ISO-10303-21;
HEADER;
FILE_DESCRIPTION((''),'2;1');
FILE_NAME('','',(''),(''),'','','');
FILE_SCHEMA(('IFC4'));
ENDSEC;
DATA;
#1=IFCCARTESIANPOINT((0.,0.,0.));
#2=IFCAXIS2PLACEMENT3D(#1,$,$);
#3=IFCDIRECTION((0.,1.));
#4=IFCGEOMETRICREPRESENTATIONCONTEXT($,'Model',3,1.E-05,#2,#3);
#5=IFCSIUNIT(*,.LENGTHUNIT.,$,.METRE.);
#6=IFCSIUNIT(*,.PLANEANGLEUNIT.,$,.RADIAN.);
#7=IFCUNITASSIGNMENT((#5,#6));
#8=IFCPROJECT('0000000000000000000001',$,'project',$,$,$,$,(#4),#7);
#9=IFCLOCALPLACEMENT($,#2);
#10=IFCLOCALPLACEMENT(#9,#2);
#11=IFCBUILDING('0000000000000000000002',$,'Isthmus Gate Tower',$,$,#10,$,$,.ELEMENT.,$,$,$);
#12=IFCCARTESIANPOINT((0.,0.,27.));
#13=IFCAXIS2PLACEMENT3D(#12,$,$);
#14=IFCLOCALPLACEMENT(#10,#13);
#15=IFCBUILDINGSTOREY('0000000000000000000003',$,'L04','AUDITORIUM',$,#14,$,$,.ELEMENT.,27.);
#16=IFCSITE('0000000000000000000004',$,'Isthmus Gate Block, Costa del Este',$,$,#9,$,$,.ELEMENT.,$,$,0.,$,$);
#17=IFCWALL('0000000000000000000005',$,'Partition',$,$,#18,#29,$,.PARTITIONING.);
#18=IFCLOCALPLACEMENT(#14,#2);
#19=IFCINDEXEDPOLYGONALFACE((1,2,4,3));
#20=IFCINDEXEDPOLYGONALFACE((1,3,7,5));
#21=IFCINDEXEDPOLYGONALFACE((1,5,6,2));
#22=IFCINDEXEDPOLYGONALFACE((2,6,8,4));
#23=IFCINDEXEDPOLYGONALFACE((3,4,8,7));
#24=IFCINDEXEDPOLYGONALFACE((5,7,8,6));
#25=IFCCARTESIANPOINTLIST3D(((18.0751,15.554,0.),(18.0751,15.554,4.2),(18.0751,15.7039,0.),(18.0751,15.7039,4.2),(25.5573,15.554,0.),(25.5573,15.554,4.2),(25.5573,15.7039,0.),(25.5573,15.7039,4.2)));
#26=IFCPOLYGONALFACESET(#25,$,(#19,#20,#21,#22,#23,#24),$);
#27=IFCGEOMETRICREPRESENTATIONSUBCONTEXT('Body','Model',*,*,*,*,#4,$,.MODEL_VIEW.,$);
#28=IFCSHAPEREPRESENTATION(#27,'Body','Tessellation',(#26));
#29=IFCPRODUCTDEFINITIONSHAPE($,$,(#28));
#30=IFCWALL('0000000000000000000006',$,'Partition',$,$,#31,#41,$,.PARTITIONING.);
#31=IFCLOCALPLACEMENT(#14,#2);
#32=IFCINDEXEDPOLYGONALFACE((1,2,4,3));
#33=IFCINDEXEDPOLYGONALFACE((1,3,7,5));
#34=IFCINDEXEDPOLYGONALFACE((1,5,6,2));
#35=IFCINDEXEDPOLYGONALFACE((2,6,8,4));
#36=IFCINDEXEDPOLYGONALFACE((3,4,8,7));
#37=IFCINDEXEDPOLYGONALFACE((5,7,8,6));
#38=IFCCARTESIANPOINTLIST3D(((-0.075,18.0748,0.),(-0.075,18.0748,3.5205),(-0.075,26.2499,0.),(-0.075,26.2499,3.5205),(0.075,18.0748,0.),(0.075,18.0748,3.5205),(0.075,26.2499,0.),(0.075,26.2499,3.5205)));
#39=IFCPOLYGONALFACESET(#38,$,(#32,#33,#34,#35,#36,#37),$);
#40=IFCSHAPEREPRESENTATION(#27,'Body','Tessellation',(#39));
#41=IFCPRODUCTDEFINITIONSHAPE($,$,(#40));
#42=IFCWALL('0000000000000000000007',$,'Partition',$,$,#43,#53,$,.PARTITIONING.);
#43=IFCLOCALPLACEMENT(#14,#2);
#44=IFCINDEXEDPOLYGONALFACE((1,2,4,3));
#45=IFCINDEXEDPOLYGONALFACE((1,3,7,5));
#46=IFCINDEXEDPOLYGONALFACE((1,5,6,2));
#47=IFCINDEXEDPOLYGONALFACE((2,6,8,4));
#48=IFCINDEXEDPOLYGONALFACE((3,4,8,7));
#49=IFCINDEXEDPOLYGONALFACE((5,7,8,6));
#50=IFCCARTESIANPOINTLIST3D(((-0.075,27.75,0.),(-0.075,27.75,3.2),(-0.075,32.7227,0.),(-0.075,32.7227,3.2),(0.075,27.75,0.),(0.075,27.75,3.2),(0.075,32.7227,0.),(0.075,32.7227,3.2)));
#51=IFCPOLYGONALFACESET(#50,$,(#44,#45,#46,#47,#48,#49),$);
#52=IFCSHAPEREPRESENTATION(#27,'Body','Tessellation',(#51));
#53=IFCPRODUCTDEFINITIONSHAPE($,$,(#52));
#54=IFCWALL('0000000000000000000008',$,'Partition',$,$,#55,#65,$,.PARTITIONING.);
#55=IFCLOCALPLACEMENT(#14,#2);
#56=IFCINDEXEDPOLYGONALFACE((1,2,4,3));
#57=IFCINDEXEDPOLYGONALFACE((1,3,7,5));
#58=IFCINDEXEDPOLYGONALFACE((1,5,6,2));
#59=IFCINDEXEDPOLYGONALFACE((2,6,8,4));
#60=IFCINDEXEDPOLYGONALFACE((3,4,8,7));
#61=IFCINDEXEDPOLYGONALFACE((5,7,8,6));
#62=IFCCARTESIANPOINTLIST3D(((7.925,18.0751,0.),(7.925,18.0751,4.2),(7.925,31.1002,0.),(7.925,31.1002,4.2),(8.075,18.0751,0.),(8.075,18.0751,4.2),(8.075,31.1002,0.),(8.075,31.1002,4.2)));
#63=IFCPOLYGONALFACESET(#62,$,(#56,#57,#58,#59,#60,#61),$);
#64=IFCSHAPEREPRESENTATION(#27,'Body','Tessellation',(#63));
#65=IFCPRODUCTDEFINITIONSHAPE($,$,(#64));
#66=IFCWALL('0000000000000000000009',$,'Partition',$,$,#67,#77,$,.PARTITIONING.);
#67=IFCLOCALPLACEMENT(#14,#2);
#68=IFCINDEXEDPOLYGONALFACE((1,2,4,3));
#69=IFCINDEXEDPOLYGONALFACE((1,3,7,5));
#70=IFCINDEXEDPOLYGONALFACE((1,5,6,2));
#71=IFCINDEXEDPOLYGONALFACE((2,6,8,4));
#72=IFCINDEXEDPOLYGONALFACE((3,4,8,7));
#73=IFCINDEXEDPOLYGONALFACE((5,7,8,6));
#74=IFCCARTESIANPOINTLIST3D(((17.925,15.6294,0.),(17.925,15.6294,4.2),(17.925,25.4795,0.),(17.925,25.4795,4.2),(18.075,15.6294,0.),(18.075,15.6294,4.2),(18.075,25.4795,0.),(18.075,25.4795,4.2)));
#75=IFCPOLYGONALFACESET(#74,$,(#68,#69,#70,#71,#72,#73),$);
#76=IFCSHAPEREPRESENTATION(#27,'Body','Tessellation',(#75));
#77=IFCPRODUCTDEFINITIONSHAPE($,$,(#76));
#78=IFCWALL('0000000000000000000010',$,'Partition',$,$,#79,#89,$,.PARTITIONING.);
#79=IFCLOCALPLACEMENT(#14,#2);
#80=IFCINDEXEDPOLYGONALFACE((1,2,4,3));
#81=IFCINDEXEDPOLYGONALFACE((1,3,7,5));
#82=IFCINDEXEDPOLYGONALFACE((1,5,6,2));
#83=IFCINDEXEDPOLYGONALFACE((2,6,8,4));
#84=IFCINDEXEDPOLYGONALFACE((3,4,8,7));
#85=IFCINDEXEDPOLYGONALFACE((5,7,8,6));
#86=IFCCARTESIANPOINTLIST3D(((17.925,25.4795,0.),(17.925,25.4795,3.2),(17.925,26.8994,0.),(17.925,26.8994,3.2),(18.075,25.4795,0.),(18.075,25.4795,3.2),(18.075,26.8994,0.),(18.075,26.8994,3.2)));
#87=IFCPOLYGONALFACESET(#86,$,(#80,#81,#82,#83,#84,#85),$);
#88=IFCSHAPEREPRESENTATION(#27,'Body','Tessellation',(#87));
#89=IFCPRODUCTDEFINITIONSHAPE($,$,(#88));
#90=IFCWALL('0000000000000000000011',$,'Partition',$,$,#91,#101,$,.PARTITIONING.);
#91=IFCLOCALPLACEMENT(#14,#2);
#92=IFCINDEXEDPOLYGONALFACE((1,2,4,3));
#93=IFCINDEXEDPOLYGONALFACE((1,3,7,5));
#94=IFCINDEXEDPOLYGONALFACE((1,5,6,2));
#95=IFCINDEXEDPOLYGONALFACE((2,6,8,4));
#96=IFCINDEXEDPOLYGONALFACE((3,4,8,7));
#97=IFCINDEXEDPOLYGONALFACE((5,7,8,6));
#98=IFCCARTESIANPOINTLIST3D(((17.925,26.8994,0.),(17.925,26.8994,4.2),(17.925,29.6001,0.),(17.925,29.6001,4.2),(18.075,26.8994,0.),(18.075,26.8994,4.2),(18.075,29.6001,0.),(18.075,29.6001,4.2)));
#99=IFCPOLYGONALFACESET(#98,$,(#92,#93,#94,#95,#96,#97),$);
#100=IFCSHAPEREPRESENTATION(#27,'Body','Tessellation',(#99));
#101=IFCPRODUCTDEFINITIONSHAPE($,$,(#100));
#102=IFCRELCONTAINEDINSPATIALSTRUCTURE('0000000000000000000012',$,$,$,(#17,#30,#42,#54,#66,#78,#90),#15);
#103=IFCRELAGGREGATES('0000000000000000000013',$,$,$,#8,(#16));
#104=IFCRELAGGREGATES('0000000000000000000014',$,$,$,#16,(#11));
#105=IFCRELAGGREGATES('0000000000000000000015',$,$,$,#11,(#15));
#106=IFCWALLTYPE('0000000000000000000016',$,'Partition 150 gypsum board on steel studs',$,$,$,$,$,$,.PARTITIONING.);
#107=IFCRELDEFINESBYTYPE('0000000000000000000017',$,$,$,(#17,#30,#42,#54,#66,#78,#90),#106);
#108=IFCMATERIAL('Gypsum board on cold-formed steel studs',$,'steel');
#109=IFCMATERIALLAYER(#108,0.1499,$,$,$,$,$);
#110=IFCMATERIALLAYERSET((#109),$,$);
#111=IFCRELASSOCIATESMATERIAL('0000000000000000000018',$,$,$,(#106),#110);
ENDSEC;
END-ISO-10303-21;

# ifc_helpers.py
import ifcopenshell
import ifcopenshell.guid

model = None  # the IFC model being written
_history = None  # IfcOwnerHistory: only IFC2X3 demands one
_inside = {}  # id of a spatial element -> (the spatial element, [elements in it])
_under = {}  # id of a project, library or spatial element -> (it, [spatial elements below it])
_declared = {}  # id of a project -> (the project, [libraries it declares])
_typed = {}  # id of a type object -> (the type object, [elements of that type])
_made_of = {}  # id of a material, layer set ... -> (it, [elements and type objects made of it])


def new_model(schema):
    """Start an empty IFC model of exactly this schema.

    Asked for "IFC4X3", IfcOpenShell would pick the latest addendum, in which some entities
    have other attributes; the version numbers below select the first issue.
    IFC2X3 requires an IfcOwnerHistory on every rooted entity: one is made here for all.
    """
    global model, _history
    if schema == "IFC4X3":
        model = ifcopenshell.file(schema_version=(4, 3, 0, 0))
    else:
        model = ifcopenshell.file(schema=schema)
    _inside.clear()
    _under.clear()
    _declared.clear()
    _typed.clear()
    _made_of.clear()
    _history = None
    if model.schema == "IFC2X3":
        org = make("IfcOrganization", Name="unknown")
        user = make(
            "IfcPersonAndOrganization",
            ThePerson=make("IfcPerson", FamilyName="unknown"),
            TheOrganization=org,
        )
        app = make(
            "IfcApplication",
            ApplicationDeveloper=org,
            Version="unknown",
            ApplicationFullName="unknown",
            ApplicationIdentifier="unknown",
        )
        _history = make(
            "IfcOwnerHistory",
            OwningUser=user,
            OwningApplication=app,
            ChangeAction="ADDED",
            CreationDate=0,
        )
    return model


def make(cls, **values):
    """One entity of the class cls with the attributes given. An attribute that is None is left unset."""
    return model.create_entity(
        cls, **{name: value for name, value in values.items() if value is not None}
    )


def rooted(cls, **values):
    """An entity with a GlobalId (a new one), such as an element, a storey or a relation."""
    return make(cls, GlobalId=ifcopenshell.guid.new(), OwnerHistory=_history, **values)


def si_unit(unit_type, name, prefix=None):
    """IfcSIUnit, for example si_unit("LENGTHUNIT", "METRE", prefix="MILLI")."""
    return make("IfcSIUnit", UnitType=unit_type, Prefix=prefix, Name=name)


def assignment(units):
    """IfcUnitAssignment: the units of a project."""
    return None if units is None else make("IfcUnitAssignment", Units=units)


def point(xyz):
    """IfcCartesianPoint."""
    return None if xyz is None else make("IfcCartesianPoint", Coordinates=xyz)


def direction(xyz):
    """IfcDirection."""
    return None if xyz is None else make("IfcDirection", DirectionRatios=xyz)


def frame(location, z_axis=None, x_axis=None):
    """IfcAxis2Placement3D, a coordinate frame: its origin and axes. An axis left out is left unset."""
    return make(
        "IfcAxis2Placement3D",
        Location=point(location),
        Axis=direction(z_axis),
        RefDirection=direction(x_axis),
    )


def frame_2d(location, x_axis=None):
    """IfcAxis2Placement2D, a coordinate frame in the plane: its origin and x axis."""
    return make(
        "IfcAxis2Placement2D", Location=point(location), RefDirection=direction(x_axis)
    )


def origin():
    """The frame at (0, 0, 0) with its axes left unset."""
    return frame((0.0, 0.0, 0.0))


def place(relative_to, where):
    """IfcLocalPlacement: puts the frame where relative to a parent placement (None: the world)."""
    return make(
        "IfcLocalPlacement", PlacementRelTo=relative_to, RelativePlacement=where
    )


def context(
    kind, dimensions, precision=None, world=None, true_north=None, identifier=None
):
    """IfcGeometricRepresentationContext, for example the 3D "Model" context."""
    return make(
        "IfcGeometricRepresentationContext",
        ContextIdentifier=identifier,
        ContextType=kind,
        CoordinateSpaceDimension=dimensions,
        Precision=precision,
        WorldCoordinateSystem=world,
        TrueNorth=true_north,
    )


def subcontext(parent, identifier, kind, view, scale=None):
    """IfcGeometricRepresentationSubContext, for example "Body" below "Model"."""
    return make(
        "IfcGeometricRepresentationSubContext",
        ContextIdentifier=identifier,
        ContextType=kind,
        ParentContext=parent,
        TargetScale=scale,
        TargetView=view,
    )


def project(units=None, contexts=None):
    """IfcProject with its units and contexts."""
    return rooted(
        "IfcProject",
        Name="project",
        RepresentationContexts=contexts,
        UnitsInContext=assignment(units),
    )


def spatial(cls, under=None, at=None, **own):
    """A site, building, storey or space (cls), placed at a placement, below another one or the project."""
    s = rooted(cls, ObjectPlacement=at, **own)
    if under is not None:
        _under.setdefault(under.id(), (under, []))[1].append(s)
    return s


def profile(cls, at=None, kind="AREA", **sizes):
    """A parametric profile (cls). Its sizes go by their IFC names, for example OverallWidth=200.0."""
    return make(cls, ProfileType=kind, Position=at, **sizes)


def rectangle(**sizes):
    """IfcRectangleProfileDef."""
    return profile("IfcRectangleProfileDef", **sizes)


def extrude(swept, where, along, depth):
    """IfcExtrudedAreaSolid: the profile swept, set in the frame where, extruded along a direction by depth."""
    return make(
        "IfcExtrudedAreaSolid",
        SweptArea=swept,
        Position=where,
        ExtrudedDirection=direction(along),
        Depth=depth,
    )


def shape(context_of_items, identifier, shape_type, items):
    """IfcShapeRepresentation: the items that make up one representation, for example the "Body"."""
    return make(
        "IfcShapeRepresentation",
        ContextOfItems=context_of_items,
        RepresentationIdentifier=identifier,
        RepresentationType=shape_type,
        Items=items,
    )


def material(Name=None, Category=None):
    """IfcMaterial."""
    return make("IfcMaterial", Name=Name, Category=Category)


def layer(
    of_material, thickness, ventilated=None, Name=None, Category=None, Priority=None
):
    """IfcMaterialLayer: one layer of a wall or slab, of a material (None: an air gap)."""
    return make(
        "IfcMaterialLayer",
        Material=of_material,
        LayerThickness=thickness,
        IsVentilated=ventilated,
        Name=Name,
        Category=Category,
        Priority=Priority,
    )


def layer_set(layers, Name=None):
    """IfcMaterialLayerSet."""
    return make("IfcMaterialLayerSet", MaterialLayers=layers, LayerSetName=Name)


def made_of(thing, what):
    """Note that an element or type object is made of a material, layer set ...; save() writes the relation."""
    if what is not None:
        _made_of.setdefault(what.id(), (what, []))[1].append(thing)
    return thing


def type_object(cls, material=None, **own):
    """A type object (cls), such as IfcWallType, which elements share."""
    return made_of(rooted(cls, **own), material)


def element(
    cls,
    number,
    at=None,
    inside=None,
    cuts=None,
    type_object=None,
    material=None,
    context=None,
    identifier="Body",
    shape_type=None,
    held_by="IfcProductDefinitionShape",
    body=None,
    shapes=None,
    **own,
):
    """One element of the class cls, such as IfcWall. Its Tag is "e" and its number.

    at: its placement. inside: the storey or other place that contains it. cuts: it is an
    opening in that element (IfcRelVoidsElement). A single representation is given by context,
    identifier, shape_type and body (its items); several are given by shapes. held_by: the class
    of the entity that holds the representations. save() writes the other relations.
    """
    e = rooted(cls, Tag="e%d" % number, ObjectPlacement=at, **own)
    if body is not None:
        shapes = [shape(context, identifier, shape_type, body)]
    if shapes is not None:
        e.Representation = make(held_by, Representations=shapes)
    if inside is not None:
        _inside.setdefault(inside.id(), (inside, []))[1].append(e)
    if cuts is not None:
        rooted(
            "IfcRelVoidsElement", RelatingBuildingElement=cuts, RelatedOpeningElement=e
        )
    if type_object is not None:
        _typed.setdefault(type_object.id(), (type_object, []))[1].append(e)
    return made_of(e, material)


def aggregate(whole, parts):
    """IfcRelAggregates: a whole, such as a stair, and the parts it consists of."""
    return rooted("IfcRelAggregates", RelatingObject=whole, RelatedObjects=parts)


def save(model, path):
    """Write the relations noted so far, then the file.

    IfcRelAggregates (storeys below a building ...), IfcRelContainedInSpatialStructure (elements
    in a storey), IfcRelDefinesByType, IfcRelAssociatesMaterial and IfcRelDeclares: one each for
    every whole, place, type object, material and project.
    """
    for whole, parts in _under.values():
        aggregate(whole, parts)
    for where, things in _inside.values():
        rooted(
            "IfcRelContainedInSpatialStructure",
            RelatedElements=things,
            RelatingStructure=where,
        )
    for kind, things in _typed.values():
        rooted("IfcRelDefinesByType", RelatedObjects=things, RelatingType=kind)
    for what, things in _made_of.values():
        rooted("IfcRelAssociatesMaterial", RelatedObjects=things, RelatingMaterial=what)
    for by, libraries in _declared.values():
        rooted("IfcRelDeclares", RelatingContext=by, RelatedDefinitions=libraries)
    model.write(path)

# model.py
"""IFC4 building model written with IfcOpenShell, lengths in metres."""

from ifc_helpers import new_model, si_unit, direction, frame, frame_2d, origin, place, context, subcontext, project, spatial, rectangle, extrude, material, layer, layer_set, type_object, element, save


model = new_model("IFC4")

# Units and contexts
model_context = context("Model", 3, precision=1e-05, world=origin(), true_north=direction((0.0, 1.0)))
body_context = subcontext(model_context, "Body", "Model", "MODEL_VIEW")
ifc_project = project(units=[si_unit("LENGTHUNIT", "METRE"), si_unit("PLANEANGLEUNIT", "RADIAN")], contexts=[model_context])

# Site, building, storey
site_placement = place(None, origin())
site = spatial("IfcSite", under=ifc_project, at=site_placement, Name="Isthmus Gate Block, Costa del Este", CompositionType="ELEMENT", RefElevation=0.0)
building_placement = place(site_placement, origin())
building = spatial("IfcBuilding", under=site, at=building_placement, Name="Isthmus Gate Tower", CompositionType="ELEMENT")
storey_placement = place(building_placement, frame((0.0, 0.0, 27.0)))
storey = spatial("IfcBuildingStorey", under=building, at=storey_placement, Name="L04", Description="AUDITORIUM", CompositionType="ELEMENT", Elevation=27.0)

# Walls
ifc_material_1 = material(Name="Gypsum board on cold-formed steel studs", Category="steel")
ifc_layer = layer(ifc_material_1, 0.1499)
ifc_layer_set = layer_set([ifc_layer])
wall_type = type_object("IfcWallType", Name="Partition 150 gypsum board on steel studs", PredefinedType="PARTITIONING", material=ifc_layer_set)
wall_1_placement = place(storey_placement, frame((18.075, 15.6289, 0.0), z_axis=(0.0, 0.0, 1.0), x_axis=(1.0, 0.0, 0.0)))
element("IfcWall", 1, at=wall_1_placement, inside=storey, type_object=wall_type, Name="Partition", PredefinedType="PARTITIONING", context=body_context, shape_type="SweptSolid", body=[
    extrude(rectangle(XDim=7.4822, YDim=0.1499, at=frame_2d((3.7412, 0.0))), origin(), (0.0, 0.0, 1.0), 4.2),
])
wall_2_placement = place(storey_placement, frame((0.0, 18.075, 0.0), z_axis=(0.0, 0.0, 1.0), x_axis=(0.0, 1.0, 0.0)))
element("IfcWall", 2, at=wall_2_placement, inside=storey, type_object=wall_type, Name="Partition", PredefinedType="PARTITIONING", context=body_context, shape_type="SweptSolid", body=[
    extrude(rectangle(XDim=8.175, YDim=0.1499, at=frame_2d((4.0874, 0.0))), origin(), (0.0, 0.0, 1.0), 3.5205),
])
wall_3_placement = place(storey_placement, frame((0.0, 27.75, 0.0), z_axis=(0.0, 0.0, 1.0), x_axis=(0.0, 1.0, 0.0)))
element("IfcWall", 3, at=wall_3_placement, inside=storey, type_object=wall_type, Name="Partition", PredefinedType="PARTITIONING", context=body_context, shape_type="SweptSolid", body=[
    extrude(rectangle(XDim=4.9727, YDim=0.1499, at=frame_2d((2.4863, 0.0))), origin(), (0.0, 0.0, 1.0), 3.2),
])
wall_4_placement = place(storey_placement, frame((8.0, 18.075, 0.0), z_axis=(0.0, 0.0, 1.0), x_axis=(0.0, 1.0, 0.0)))
element("IfcWall", 4, at=wall_4_placement, inside=storey, type_object=wall_type, Name="Partition", PredefinedType="PARTITIONING", context=body_context, shape_type="SweptSolid", body=[
    extrude(rectangle(XDim=13.0251, YDim=0.1499, at=frame_2d((6.5127, 0.0))), origin(), (0.0, 0.0, 1.0), 4.2),
])
wall_5_placement = place(storey_placement, frame((18.0, 15.6294, 0.0), z_axis=(0.0, 0.0, 1.0), x_axis=(0.0, 1.0, 0.0)))
element("IfcWall", 5, at=wall_5_placement, inside=storey, type_object=wall_type, Name="Partition", PredefinedType="PARTITIONING", context=body_context, shape_type="SweptSolid", body=[
    extrude(rectangle(XDim=9.8501, YDim=0.1499, at=frame_2d((4.925, 0.0))), origin(), (0.0, 0.0, 1.0), 4.2),
])
wall_6_placement = place(storey_placement, frame((18.0, 25.4795, 0.0), z_axis=(0.0, 0.0, 1.0), x_axis=(0.0, 1.0, 0.0)))
element("IfcWall", 6, at=wall_6_placement, inside=storey, type_object=wall_type, Name="Partition", PredefinedType="PARTITIONING", context=body_context, shape_type="SweptSolid", body=[
    extrude(rectangle(XDim=1.4199, YDim=0.1499, at=frame_2d((0.71, 0.0))), origin(), (0.0, 0.0, 1.0), 3.2),
])
wall_7_placement = place(storey_placement, frame((18.0, 26.8994, 0.0), z_axis=(0.0, 0.0, 1.0), x_axis=(0.0, 1.0, 0.0)))
element("IfcWall", 7, at=wall_7_placement, inside=storey, type_object=wall_type, Name="Partition", PredefinedType="PARTITIONING", context=body_context, shape_type="SweptSolid", body=[
    extrude(rectangle(XDim=2.7007, YDim=0.1499, at=frame_2d((1.3503, 0.0))), origin(), (0.0, 0.0, 1.0), 4.2),
])

save(model, "model.ifc")
